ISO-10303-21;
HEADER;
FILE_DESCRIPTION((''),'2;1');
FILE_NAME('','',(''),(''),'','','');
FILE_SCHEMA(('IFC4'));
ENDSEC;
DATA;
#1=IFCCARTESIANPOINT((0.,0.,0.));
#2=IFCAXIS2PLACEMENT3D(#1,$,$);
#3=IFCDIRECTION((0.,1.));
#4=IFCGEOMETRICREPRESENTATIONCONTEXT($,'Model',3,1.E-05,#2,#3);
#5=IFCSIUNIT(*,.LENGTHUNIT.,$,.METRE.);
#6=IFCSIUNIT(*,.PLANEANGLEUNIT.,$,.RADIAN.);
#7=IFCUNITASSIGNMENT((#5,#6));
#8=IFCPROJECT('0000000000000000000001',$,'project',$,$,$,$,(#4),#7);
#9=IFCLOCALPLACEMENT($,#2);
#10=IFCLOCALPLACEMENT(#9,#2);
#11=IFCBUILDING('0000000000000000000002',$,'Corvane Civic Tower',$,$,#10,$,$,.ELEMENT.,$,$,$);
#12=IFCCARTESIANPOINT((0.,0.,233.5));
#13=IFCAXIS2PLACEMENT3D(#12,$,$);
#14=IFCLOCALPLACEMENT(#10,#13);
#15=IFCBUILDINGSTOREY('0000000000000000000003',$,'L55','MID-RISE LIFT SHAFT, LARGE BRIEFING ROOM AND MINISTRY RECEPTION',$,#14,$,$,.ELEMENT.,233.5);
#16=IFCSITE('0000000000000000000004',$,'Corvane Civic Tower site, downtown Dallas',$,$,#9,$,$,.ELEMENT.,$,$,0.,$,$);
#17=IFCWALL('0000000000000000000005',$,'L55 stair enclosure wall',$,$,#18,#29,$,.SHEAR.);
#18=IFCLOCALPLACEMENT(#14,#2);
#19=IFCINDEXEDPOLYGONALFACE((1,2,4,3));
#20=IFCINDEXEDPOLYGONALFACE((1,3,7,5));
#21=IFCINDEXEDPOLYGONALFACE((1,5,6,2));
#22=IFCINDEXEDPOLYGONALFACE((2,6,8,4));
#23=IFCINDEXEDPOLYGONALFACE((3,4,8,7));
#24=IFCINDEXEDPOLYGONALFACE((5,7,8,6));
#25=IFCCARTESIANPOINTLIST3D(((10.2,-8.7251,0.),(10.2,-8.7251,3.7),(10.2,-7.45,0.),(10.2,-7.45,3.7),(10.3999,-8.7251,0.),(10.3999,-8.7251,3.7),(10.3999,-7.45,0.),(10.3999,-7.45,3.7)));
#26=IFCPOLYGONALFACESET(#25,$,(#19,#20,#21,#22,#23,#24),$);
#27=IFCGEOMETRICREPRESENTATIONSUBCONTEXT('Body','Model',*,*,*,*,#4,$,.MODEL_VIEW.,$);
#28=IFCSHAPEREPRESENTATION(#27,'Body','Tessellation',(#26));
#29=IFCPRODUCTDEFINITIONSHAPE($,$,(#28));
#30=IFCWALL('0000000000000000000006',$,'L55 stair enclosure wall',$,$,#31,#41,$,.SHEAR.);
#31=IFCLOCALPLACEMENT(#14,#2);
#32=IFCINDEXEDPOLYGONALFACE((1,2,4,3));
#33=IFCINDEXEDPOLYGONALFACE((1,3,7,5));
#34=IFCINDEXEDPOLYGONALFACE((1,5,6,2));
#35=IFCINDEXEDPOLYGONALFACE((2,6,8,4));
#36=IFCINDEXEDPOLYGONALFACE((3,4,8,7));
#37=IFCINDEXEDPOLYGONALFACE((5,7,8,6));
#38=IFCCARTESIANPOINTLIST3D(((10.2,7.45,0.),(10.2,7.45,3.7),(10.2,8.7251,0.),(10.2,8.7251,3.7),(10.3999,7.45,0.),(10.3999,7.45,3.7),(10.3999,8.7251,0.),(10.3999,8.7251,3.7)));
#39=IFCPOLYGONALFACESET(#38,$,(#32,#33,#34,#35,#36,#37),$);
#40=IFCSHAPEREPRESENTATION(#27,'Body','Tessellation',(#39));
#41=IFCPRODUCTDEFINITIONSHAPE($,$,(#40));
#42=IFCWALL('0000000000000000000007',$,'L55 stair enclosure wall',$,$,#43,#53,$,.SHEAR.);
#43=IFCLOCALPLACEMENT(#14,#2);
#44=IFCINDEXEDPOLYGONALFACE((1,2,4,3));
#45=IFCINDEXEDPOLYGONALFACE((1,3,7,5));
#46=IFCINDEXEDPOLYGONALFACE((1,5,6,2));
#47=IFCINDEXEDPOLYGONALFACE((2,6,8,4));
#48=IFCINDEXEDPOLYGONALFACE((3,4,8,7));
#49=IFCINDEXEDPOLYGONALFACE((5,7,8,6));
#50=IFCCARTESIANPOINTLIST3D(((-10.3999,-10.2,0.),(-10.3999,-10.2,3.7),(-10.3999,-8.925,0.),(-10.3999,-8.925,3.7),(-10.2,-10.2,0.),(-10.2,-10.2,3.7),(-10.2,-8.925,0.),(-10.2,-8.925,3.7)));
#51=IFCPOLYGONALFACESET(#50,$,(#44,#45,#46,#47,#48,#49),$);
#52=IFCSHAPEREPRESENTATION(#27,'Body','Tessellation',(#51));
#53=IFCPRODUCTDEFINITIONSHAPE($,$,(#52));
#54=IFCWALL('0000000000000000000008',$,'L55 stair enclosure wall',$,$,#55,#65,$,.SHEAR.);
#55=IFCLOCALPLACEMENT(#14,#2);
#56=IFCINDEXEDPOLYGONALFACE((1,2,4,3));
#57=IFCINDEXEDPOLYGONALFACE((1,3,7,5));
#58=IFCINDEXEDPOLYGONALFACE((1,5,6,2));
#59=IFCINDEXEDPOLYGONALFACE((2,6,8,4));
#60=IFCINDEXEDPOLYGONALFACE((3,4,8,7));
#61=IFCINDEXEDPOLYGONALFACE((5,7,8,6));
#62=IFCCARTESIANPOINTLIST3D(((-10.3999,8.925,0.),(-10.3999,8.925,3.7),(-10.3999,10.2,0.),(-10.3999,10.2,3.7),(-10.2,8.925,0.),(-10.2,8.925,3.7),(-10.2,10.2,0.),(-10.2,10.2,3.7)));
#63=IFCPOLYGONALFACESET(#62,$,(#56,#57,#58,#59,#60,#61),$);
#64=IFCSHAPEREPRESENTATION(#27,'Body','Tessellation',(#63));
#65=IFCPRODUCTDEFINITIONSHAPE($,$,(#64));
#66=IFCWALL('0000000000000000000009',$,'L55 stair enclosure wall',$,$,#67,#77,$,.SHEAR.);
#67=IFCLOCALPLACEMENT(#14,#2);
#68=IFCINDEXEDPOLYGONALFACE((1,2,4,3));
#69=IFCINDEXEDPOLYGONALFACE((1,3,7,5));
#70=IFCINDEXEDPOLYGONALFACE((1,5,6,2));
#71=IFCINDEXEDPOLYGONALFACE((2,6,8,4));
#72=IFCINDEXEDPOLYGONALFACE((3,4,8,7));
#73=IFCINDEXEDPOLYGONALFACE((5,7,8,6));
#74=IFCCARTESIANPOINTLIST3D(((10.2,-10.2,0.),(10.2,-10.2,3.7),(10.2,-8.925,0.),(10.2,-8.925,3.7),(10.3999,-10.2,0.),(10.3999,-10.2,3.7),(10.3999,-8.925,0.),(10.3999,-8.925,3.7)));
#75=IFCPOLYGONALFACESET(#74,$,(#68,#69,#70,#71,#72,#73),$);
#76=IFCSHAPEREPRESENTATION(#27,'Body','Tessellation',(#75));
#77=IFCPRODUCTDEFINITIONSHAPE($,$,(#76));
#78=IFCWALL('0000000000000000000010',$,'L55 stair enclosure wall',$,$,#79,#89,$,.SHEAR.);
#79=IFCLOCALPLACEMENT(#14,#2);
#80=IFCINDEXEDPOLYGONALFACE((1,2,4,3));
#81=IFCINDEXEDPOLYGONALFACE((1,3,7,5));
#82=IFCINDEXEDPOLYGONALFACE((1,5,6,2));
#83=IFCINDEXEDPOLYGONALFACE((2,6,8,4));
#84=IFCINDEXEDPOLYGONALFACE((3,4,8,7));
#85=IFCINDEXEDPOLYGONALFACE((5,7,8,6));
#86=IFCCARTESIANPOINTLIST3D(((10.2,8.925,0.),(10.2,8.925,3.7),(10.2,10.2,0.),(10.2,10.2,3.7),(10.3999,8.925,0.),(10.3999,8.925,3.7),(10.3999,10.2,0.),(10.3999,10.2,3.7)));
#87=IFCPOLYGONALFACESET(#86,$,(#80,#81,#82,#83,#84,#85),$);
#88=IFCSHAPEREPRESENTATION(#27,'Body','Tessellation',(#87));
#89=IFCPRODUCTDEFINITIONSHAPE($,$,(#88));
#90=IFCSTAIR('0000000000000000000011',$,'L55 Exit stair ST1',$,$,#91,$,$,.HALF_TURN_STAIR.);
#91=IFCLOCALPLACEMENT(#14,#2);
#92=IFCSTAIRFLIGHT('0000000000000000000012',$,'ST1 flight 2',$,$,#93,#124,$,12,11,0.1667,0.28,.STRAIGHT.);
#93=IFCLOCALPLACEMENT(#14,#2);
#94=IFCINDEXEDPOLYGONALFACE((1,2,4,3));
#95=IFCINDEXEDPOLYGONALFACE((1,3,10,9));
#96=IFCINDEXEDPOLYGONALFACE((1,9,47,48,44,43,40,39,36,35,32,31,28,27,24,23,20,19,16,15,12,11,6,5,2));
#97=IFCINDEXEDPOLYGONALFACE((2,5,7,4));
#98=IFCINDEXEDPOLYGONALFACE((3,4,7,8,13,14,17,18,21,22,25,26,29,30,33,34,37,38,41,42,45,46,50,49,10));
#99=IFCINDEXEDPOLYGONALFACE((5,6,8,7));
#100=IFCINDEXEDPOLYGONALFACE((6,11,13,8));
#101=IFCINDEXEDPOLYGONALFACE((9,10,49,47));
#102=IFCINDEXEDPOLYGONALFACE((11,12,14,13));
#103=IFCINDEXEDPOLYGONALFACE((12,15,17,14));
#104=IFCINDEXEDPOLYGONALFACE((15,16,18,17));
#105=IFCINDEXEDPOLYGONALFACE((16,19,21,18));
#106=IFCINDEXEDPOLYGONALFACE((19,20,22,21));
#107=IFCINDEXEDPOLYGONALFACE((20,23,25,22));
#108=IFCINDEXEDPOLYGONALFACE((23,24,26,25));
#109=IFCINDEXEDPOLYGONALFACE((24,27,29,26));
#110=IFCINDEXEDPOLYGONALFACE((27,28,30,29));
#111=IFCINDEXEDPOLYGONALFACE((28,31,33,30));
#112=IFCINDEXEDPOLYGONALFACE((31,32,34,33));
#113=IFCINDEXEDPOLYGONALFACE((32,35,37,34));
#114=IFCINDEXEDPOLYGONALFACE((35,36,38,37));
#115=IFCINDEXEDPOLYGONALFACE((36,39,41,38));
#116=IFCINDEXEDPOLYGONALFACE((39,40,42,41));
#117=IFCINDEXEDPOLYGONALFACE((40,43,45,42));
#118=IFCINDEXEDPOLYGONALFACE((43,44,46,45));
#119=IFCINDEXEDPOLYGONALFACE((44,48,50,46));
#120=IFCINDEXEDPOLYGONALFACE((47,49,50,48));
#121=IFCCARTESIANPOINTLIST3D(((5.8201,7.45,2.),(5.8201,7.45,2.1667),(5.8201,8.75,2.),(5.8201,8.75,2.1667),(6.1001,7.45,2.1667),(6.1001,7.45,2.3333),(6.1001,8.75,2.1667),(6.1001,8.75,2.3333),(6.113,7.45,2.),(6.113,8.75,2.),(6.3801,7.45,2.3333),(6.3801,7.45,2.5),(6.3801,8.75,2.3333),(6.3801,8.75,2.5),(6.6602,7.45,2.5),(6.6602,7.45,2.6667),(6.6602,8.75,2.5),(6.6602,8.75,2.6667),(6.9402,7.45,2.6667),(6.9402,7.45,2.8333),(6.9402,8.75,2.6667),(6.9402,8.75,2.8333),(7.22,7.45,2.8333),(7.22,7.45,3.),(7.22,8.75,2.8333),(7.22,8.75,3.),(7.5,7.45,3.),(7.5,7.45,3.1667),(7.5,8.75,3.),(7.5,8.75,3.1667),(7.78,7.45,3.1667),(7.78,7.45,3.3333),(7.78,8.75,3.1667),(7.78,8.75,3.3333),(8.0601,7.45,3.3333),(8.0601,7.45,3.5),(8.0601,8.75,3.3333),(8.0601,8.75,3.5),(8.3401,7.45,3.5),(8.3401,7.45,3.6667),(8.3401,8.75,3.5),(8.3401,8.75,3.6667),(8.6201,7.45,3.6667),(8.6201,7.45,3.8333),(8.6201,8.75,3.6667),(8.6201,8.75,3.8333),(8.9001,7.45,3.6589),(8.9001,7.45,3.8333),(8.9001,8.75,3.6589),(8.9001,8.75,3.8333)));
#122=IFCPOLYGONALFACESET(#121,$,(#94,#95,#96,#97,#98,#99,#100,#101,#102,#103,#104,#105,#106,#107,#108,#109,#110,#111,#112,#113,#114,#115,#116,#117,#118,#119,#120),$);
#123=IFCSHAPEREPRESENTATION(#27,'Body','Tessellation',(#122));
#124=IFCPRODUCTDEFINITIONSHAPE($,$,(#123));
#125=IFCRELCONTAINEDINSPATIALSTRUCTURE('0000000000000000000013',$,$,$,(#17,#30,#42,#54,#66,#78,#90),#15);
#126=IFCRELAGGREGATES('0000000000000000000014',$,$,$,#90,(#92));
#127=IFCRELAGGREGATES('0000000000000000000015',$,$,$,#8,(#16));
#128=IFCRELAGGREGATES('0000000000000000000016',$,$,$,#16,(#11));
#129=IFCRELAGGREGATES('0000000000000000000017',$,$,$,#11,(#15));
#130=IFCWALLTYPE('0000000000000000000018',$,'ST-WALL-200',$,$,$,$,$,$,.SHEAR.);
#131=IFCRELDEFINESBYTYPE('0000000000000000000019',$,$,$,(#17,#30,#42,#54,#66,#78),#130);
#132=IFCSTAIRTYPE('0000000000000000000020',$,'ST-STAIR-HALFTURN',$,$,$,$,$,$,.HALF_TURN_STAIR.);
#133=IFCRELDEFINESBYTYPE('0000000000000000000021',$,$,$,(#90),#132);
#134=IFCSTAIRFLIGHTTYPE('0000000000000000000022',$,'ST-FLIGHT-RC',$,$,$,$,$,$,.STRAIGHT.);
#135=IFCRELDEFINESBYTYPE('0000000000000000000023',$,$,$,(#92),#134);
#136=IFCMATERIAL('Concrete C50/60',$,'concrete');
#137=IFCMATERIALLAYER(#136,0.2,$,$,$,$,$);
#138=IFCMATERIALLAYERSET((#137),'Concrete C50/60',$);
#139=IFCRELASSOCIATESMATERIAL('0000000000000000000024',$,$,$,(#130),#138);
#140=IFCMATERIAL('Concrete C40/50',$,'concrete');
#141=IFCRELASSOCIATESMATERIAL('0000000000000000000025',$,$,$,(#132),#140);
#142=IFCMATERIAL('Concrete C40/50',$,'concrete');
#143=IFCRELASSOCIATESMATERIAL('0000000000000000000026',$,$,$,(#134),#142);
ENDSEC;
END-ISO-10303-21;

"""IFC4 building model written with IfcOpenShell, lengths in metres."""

from ifc_helpers import new_model, si_unit, direction, frame, origin, place, context, subcontext, project, spatial, polyline, outline, extrude, material, layer, layer_set, type_object, element, aggregate, save


model = new_model("IFC4")

# Units and contexts
model_context = context("Model", 3, precision=1e-05, world=origin(), true_north=direction((0.0, 1.0)))
body_context = subcontext(model_context, "Body", "Model", "MODEL_VIEW")
ifc_project = project(units=[si_unit("LENGTHUNIT", "METRE"), si_unit("PLANEANGLEUNIT", "RADIAN")], contexts=[model_context])

# Site, building, storey
site_placement = place(None, origin())
site = spatial("IfcSite", under=ifc_project, at=site_placement, Name="Corvane Civic Tower site, downtown Dallas", CompositionType="ELEMENT", RefElevation=0.0)
building_placement = place(site_placement, origin())
building = spatial("IfcBuilding", under=site, at=building_placement, Name="Corvane Civic Tower", CompositionType="ELEMENT")
storey_placement = place(building_placement, frame((0.0, 0.0, 233.5)))
storey = spatial("IfcBuildingStorey", under=building, at=storey_placement, Name="L55", Description="MID-RISE LIFT SHAFT, LARGE BRIEFING ROOM AND MINISTRY RECEPTION", CompositionType="ELEMENT", Elevation=233.5)

# Shared definitions
ifc_material_1 = material(Name="Concrete C50/60", Category="concrete")
ifc_layer_1 = layer(ifc_material_1, 0.2)
ifc_layer_set_1 = layer_set([ifc_layer_1], Name="Concrete C50/60")
wall_type_1 = type_object("IfcWallType", Name="ST-WALL-200", PredefinedType="SHEAR", material=ifc_layer_set_1)

# Walls
wall_1_placement = place(storey_placement, origin())
element("IfcWall", 1, at=wall_1_placement, inside=storey, type_object=wall_type_1, Name="L55 stair enclosure wall", PredefinedType="SHEAR", context=body_context, shape_type="SweptSolid", body=[
    extrude(outline(polyline([(10.3999, -7.45), (10.3999, -8.7251), (10.2, -8.7251), (10.2, -7.45), (10.3999, -7.45)])), origin(), (0.0, 0.0, 1.0), 3.7),
])
wall_2_placement = place(storey_placement, origin())
element("IfcWall", 2, at=wall_2_placement, inside=storey, type_object=wall_type_1, Name="L55 stair enclosure wall", PredefinedType="SHEAR", context=body_context, shape_type="SweptSolid", body=[
    extrude(outline(polyline([(10.3999, 8.7251), (10.3999, 7.45), (10.2, 7.45), (10.2, 8.7251), (10.3999, 8.7251)])), origin(), (0.0, 0.0, 1.0), 3.7),
])
wall_3_placement = place(storey_placement, origin())
element("IfcWall", 3, at=wall_3_placement, inside=storey, type_object=wall_type_1, Name="L55 stair enclosure wall", PredefinedType="SHEAR", context=body_context, shape_type="SweptSolid", body=[
    extrude(outline(polyline([(-10.2, -8.925), (-10.2, -10.2), (-10.3999, -10.2), (-10.3999, -8.925), (-10.2, -8.925)])), origin(), (0.0, 0.0, 1.0), 3.7),
])
wall_4_placement = place(storey_placement, origin())
element("IfcWall", 4, at=wall_4_placement, inside=storey, type_object=wall_type_1, Name="L55 stair enclosure wall", PredefinedType="SHEAR", context=body_context, shape_type="SweptSolid", body=[
    extrude(outline(polyline([(-10.2, 8.925), (-10.3999, 8.925), (-10.3999, 10.2), (-10.2, 10.2), (-10.2, 8.925)])), origin(), (0.0, 0.0, 1.0), 3.7),
])
wall_5_placement = place(storey_placement, origin())
element("IfcWall", 5, at=wall_5_placement, inside=storey, type_object=wall_type_1, Name="L55 stair enclosure wall", PredefinedType="SHEAR", context=body_context, shape_type="SweptSolid", body=[
    extrude(outline(polyline([(10.3999, -8.925), (10.3999, -10.2), (10.2, -10.2), (10.2, -8.925), (10.3999, -8.925)])), origin(), (0.0, 0.0, 1.0), 3.7),
])
wall_6_placement = place(storey_placement, origin())
element("IfcWall", 6, at=wall_6_placement, inside=storey, type_object=wall_type_1, Name="L55 stair enclosure wall", PredefinedType="SHEAR", context=body_context, shape_type="SweptSolid", body=[
    extrude(outline(polyline([(10.3999, 8.925), (10.2, 8.925), (10.2, 10.2), (10.3999, 10.2), (10.3999, 8.925)])), origin(), (0.0, 0.0, 1.0), 3.7),
])

# Stair, stair flight
ifc_material_2 = material(Name="Concrete C40/50", Category="concrete")
stair_type = type_object("IfcStairType", Name="ST-STAIR-HALFTURN", PredefinedType="HALF_TURN_STAIR", material=ifc_material_2)
stair_placement = place(storey_placement, origin())
stair = element("IfcStair", 7, at=stair_placement, inside=storey, type_object=stair_type, Name="L55 Exit stair ST1", PredefinedType="HALF_TURN_STAIR")
ifc_material_3 = material(Name="Concrete C40/50", Category="concrete")
stair_flight_type = type_object("IfcStairFlightType", Name="ST-FLIGHT-RC", PredefinedType="STRAIGHT", material=ifc_material_3)
stair_flight_placement = place(storey_placement, frame((5.8201, 8.1001, 2.0), z_axis=(0.0, 0.0, 1.0), x_axis=(1.0, 0.0, 0.0)))
stair_flight = element("IfcStairFlight", 8, at=stair_flight_placement, type_object=stair_flight_type, Name="ST1 flight 2", NumberOfRisers=12, NumberOfTreads=11, PredefinedType="STRAIGHT", RiserHeight=0.1667, TreadLength=0.28, context=body_context, shape_type="SweptSolid", body=[
    extrude(outline(polyline([(0.0, 0.0), (0.0, 0.1667), (0.28, 0.1667), (0.28, 0.3333), (0.5601, 0.3333), (0.5601, 0.5), (0.8401, 0.5), (0.8401, 0.6667), (1.1201, 0.6667), (1.1201, 0.8333), (1.3999, 0.8333), (1.3999, 1.0), (1.6799, 1.0), (1.6799, 1.1667), (1.96, 1.1667), (1.96, 1.3333), (2.24, 1.3333), (2.24, 1.5), (2.52, 1.5), (2.52, 1.6667), (2.8, 1.6667), (2.8, 1.8333), (3.0801, 1.8333), (3.0801, 2.0), (3.0801, 1.6589), (0.293, 0.0), (0.0, 0.0)])), frame((0.0, 0.6499, 0.0), z_axis=(0.0, -1.0, 0.0), x_axis=(1.0, 0.0, 0.0)), (0.0, 0.0, 1.0), 1.3),
])
aggregate(stair, [stair_flight])

save(model, "model.ifc")
